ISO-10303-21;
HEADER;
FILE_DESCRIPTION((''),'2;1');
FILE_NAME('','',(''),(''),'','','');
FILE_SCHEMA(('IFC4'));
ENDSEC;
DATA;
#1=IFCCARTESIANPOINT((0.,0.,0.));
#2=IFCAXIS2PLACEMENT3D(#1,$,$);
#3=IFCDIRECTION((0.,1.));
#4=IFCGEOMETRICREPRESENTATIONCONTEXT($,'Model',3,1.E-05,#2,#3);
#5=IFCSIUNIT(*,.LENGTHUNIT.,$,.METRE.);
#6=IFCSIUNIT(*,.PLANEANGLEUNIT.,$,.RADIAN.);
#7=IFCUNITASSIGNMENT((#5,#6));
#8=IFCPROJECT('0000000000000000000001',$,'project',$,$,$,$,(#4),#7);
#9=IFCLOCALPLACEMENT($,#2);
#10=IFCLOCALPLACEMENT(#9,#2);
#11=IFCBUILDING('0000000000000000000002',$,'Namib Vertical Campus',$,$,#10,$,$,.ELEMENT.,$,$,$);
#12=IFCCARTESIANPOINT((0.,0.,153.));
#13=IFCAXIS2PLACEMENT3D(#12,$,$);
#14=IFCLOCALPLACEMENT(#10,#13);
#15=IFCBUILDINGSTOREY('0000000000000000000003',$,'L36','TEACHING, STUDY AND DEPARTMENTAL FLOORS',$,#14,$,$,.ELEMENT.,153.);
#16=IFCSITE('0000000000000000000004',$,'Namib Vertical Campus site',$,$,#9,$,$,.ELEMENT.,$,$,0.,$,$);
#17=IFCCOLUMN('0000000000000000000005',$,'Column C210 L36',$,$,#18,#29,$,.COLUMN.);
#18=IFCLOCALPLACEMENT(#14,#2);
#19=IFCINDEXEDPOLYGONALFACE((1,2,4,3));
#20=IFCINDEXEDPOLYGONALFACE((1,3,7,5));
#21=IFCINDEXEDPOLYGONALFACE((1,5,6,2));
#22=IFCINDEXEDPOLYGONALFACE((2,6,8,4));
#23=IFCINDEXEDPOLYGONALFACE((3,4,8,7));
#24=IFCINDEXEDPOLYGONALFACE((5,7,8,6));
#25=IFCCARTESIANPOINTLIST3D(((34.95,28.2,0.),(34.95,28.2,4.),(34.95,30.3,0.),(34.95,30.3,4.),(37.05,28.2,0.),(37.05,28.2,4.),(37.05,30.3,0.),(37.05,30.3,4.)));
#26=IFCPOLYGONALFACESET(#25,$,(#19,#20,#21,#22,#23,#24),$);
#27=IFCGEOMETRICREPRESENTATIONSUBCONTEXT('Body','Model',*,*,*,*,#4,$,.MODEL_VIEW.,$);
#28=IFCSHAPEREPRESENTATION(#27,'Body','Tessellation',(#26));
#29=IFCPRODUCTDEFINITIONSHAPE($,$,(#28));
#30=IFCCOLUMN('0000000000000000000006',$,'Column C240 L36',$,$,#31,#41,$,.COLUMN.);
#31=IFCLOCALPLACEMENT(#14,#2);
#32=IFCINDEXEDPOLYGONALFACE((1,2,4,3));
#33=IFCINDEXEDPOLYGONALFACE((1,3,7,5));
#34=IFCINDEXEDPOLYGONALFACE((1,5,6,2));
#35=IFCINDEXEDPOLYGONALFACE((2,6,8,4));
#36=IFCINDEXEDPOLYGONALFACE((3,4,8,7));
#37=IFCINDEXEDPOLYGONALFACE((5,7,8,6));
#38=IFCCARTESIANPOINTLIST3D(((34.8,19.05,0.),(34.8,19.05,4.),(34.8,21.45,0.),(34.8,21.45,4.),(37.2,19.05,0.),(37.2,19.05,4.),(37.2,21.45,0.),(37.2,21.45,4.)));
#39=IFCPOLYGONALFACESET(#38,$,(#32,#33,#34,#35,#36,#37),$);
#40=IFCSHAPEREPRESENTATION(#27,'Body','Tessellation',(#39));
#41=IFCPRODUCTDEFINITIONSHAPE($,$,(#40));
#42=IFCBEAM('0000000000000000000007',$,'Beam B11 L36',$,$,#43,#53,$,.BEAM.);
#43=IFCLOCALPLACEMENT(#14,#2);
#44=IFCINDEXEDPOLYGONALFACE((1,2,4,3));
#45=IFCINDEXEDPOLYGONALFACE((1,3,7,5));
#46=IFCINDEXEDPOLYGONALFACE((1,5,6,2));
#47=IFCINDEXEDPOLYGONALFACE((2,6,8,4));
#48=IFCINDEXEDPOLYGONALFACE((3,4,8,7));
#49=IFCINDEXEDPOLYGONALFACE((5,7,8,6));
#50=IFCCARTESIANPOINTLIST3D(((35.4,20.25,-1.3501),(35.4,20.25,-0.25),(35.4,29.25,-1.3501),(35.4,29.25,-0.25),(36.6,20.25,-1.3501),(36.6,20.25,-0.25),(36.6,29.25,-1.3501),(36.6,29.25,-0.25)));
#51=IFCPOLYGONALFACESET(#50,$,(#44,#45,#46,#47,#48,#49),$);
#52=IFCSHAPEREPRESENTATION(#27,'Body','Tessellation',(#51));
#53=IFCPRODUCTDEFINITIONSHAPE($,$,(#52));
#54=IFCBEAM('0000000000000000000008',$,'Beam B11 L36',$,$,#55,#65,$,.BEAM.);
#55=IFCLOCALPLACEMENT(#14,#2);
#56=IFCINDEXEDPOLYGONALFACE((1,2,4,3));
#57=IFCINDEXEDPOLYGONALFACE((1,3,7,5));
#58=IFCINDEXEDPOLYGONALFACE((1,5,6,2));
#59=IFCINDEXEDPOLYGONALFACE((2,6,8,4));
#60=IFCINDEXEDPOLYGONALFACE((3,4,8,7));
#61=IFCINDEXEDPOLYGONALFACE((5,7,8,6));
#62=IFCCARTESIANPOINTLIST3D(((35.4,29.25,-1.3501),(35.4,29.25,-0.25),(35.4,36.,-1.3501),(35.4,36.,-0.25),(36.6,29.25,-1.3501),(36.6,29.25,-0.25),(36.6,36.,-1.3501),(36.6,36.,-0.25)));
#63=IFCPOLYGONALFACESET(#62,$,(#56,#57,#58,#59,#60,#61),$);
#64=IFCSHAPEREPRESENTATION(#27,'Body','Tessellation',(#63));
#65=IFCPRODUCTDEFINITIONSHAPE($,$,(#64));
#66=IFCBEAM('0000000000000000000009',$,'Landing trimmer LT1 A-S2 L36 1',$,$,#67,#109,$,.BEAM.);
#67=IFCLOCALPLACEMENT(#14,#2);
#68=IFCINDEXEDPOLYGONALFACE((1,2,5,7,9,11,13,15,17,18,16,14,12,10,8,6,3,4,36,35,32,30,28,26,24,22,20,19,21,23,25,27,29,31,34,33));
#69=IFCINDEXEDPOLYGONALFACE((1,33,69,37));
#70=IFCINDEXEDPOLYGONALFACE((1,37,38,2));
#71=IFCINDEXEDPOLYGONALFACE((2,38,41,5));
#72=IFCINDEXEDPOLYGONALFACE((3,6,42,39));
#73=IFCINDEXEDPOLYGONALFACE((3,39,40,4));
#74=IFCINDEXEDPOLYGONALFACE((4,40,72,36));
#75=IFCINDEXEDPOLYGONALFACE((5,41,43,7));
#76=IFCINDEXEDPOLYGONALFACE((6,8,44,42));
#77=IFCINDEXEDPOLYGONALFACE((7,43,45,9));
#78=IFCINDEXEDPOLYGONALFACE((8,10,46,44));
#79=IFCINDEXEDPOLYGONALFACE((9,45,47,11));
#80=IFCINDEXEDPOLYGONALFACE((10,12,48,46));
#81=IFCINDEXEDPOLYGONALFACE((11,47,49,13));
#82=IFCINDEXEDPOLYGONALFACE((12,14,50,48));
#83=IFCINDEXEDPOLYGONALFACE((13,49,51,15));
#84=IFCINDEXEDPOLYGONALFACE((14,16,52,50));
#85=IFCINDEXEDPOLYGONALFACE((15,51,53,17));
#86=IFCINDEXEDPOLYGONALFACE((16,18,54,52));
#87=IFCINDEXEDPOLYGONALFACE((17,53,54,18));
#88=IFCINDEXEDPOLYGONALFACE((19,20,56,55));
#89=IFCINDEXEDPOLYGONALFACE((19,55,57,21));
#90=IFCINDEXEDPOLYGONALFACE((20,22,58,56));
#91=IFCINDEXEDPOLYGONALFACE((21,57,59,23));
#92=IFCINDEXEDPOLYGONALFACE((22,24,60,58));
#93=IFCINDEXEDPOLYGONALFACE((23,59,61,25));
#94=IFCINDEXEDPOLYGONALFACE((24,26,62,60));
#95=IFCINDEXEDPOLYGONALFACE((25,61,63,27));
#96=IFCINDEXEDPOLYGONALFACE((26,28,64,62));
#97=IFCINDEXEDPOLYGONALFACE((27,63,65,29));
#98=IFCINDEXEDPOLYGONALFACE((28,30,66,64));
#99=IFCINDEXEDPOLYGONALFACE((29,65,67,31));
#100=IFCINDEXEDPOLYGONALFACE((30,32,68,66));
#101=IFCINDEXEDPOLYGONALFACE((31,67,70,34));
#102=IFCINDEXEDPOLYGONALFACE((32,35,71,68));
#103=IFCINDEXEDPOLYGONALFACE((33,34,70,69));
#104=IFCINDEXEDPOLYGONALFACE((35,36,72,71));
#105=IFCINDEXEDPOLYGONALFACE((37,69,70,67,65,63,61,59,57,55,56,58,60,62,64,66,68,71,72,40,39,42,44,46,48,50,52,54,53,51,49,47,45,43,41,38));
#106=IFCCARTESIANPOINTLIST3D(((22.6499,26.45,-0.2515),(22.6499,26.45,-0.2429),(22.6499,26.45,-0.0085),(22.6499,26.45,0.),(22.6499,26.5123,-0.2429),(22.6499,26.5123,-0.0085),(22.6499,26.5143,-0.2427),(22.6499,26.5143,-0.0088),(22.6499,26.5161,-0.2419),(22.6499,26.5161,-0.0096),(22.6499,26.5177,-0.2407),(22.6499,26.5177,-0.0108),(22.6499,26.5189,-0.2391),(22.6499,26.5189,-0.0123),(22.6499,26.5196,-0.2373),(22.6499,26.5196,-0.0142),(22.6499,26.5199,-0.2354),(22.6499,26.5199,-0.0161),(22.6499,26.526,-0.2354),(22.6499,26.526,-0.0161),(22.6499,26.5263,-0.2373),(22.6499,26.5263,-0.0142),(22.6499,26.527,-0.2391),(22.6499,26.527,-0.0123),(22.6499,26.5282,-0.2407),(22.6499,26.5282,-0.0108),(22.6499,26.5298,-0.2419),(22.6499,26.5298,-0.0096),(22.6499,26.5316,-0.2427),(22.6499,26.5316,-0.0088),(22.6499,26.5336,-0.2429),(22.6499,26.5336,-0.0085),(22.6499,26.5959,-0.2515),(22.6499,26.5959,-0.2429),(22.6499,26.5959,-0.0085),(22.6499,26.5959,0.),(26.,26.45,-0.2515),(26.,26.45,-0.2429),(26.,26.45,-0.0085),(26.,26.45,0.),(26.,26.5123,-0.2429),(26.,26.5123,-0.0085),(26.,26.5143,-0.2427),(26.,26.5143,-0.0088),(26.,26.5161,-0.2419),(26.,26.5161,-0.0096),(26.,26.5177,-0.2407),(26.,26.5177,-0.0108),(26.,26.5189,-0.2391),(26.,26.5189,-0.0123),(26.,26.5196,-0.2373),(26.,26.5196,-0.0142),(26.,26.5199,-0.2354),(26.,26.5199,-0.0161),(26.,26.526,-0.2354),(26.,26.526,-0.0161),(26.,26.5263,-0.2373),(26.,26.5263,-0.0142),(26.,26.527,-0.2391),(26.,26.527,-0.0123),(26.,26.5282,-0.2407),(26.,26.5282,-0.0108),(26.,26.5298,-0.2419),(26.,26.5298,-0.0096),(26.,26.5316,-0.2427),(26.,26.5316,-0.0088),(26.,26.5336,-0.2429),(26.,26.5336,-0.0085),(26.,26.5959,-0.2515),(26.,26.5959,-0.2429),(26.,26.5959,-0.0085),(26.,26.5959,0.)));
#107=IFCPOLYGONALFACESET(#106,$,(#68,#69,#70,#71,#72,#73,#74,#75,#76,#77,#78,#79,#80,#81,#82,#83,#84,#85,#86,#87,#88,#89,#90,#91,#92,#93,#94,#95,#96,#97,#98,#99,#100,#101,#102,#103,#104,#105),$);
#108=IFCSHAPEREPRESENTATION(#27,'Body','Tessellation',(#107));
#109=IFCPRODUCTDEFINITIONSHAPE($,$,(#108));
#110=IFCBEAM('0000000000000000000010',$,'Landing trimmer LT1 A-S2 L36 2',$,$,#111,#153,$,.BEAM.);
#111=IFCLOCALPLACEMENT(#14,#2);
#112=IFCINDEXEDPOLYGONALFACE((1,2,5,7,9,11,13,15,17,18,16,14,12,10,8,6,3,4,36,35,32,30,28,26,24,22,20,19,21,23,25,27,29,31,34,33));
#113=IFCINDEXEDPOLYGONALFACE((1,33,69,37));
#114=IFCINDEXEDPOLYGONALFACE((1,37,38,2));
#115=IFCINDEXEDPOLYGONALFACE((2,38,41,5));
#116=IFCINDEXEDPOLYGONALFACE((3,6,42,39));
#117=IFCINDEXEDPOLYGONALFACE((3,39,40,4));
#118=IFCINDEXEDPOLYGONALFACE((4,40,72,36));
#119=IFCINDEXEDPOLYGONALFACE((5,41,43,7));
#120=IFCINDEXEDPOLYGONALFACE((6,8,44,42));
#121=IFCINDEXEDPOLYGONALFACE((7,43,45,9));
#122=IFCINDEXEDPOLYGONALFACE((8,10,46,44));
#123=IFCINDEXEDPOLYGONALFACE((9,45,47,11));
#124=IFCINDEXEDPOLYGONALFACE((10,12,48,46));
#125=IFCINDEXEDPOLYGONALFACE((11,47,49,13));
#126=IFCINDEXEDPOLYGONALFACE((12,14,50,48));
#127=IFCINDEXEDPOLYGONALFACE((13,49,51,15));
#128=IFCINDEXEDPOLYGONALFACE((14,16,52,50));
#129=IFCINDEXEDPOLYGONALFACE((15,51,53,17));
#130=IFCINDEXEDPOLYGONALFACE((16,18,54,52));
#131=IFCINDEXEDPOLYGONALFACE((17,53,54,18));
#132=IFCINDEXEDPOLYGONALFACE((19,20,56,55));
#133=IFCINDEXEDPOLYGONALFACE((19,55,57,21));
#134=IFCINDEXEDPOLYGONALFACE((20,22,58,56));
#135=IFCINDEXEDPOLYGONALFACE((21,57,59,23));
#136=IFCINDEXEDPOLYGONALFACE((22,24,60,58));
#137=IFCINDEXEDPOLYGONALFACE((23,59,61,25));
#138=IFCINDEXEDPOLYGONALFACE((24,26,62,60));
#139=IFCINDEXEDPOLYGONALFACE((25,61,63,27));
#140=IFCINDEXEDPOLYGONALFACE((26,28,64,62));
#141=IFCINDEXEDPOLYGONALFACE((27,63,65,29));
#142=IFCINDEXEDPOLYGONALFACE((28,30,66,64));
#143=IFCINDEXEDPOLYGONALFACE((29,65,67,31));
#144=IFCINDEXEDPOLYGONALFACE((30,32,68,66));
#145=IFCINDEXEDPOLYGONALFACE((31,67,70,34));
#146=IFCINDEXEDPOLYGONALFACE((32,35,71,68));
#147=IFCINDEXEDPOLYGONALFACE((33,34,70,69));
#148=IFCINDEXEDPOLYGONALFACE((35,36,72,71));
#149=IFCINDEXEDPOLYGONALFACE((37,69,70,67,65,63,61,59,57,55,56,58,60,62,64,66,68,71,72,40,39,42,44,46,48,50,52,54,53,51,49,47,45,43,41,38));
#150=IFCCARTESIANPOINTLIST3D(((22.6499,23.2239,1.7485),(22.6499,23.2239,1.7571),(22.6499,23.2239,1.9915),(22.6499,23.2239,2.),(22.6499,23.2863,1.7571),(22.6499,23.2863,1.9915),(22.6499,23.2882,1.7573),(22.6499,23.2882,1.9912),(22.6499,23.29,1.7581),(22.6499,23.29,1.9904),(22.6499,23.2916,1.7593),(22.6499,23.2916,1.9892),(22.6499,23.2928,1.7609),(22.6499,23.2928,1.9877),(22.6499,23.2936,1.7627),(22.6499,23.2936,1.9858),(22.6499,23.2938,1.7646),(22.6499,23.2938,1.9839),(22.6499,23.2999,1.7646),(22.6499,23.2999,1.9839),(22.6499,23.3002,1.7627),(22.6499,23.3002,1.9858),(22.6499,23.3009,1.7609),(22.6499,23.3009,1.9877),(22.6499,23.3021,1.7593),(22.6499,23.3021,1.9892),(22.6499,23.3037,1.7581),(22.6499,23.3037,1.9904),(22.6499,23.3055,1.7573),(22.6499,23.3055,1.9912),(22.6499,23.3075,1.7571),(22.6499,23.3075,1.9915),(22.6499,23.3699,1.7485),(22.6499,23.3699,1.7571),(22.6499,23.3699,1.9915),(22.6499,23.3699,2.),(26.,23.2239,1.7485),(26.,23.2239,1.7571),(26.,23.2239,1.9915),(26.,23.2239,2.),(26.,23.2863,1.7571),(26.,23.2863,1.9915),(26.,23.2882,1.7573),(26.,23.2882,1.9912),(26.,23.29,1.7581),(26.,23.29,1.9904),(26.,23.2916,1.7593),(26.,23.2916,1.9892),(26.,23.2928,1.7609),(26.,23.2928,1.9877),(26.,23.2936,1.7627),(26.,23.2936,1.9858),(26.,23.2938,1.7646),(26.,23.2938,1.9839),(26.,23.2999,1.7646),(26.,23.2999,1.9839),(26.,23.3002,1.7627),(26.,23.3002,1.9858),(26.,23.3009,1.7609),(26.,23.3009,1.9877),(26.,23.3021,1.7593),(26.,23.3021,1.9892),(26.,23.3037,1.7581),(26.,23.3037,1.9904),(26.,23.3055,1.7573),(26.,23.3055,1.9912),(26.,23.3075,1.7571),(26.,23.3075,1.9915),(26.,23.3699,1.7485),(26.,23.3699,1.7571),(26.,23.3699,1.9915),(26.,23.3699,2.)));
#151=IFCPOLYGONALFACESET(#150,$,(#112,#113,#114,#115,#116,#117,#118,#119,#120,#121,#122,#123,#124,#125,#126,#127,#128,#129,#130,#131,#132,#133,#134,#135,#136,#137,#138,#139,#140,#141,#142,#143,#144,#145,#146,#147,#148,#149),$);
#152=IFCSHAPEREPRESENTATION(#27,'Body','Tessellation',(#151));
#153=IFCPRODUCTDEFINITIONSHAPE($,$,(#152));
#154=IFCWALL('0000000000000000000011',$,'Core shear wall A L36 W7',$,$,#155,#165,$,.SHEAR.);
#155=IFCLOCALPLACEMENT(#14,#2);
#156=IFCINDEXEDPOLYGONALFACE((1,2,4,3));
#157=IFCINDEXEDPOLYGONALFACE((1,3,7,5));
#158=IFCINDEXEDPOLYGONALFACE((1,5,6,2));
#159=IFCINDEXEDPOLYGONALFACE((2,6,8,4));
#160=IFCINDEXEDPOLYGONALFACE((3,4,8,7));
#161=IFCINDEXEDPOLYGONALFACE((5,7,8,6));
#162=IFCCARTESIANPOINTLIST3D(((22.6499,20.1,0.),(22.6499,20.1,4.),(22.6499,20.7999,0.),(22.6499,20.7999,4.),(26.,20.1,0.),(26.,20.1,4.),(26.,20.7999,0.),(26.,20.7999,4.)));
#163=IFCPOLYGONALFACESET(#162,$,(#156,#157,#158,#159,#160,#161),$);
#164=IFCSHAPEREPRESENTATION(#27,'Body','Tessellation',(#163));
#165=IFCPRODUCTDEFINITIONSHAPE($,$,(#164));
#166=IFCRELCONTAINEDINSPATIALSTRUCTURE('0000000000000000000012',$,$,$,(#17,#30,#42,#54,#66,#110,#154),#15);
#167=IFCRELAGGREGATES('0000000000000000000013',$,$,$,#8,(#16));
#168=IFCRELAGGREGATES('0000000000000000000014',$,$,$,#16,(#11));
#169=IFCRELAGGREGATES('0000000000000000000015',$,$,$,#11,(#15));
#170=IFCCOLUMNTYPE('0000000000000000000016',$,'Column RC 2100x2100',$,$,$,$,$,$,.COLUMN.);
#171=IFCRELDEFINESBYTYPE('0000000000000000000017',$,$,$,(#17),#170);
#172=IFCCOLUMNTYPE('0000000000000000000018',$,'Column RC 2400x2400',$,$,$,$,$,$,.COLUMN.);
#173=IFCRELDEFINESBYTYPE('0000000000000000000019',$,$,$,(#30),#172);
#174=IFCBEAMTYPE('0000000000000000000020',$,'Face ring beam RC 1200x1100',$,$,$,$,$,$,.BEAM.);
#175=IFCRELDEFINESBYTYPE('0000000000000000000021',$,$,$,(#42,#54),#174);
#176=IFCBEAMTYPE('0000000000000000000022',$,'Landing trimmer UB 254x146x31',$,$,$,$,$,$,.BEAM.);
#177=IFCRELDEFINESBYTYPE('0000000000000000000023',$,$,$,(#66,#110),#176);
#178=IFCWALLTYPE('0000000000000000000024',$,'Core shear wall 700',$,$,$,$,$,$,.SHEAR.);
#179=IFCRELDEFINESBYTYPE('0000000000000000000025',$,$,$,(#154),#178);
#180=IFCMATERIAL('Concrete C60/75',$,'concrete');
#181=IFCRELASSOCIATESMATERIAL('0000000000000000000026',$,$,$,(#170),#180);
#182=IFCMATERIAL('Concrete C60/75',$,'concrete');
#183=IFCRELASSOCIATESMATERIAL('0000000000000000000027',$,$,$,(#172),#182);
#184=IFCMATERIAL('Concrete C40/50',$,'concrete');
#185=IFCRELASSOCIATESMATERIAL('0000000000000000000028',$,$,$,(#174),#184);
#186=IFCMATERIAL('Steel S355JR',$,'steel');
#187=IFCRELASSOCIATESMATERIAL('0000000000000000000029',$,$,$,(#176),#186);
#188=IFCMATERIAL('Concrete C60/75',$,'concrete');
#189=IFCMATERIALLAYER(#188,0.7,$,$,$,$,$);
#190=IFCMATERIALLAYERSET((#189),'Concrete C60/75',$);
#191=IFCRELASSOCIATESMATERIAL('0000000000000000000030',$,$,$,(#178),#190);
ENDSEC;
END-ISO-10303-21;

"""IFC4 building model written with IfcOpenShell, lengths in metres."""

from ifc_helpers import new_model, si_unit, direction, frame, frame_2d, origin, origin_2d, place, context, subcontext, project, spatial, rectangle, i_section, extrude, material, layer, layer_set, material_profile, profile_set, type_object, element, save


model = new_model("IFC4")

# Units and contexts
model_context = context("Model", 3, precision=1e-05, world=origin(), true_north=direction((0.0, 1.0)))
body_context = subcontext(model_context, "Body", "Model", "MODEL_VIEW")
ifc_project = project(units=[si_unit("LENGTHUNIT", "METRE"), si_unit("PLANEANGLEUNIT", "RADIAN")], contexts=[model_context])

# Site, building, storey
site_placement = place(None, origin())
site = spatial("IfcSite", under=ifc_project, at=site_placement, Name="Namib Vertical Campus site", CompositionType="ELEMENT", RefElevation=0.0)
building_placement = place(site_placement, origin())
building = spatial("IfcBuilding", under=site, at=building_placement, Name="Namib Vertical Campus", CompositionType="ELEMENT")
storey_placement = place(building_placement, frame((0.0, 0.0, 153.0)))
storey = spatial("IfcBuildingStorey", under=building, at=storey_placement, Name="L36", Description="TEACHING, STUDY AND DEPARTMENTAL FLOORS", CompositionType="ELEMENT", Elevation=153.0)

# Columns
ifc_material_1 = material(Name="Concrete C60/75", Category="concrete")
ifc_material_profile_1 = material_profile(ifc_material_1, rectangle(XDim=2.1001, YDim=2.1001, at=origin_2d()))
ifc_profile_set_1 = profile_set([ifc_material_profile_1], Name="Concrete C60/75")
column_type_1 = type_object("IfcColumnType", Name="Column RC 2100x2100", PredefinedType="COLUMN", material=ifc_profile_set_1)
column_1_placement = place(storey_placement, frame((36.0, 29.25, 0.0), z_axis=(0.0, 0.0, 1.0), x_axis=(1.0, 0.0, 0.0)))
element("IfcColumn", 1, at=column_1_placement, inside=storey, type_object=column_type_1, Name="Column C210 L36", PredefinedType="COLUMN", context=body_context, shape_type="SweptSolid", body=[
    extrude(rectangle(XDim=2.1001, YDim=2.1001, at=origin_2d()), origin(), (0.0, 0.0, 1.0), 4.0),
])
ifc_material_2 = material(Name="Concrete C60/75", Category="concrete")
ifc_material_profile_2 = material_profile(ifc_material_2, rectangle(XDim=2.3999, YDim=2.3999, at=origin_2d()))
ifc_profile_set_2 = profile_set([ifc_material_profile_2], Name="Concrete C60/75")
column_type_2 = type_object("IfcColumnType", Name="Column RC 2400x2400", PredefinedType="COLUMN", material=ifc_profile_set_2)
column_2_placement = place(storey_placement, frame((36.0, 20.25, 0.0), z_axis=(0.0, 0.0, 1.0), x_axis=(1.0, 0.0, 0.0)))
element("IfcColumn", 2, at=column_2_placement, inside=storey, type_object=column_type_2, Name="Column C240 L36", PredefinedType="COLUMN", context=body_context, shape_type="SweptSolid", body=[
    extrude(rectangle(XDim=2.3999, YDim=2.3999, at=origin_2d()), origin(), (0.0, 0.0, 1.0), 4.0),
])

# Beams
ifc_material_3 = material(Name="Concrete C40/50", Category="concrete")
ifc_material_profile_3 = material_profile(ifc_material_3, rectangle(XDim=1.2, YDim=1.1001, at=origin_2d()))
ifc_profile_set_3 = profile_set([ifc_material_profile_3], Name="Concrete C40/50")
beam_type_1 = type_object("IfcBeamType", Name="Face ring beam RC 1200x1100", PredefinedType="BEAM", material=ifc_profile_set_3)
beam_1_placement = place(storey_placement, frame((36.0, 20.25, -0.8), z_axis=(0.0, 1.0, 0.0), x_axis=(-1.0, 0.0, 0.0)))
element("IfcBeam", 3, at=beam_1_placement, inside=storey, type_object=beam_type_1, Name="Beam B11 L36", PredefinedType="BEAM", context=body_context, shape_type="SweptSolid", body=[
    extrude(rectangle(XDim=1.2, YDim=1.1001, at=origin_2d()), origin(), (0.0, 0.0, 1.0), 9.0),
])
beam_2_placement = place(storey_placement, frame((36.0, 29.25, -0.8), z_axis=(0.0, 1.0, 0.0), x_axis=(-1.0, 0.0, 0.0)))
element("IfcBeam", 4, at=beam_2_placement, inside=storey, type_object=beam_type_1, Name="Beam B11 L36", PredefinedType="BEAM", context=body_context, shape_type="SweptSolid", body=[
    extrude(rectangle(XDim=1.2, YDim=1.1001, at=origin_2d()), origin(), (0.0, 0.0, 1.0), 6.75),
])
ifc_material_4 = material(Name="Steel S355JR", Category="steel")
ifc_material_profile_4 = material_profile(ifc_material_4, i_section(OverallWidth=0.146, OverallDepth=0.2515, WebThickness=0.0061, FlangeThickness=0.0085, FilletRadius=0.0076, at=origin_2d()))
ifc_profile_set_4 = profile_set([ifc_material_profile_4], Name="Steel S355JR")
beam_type_2 = type_object("IfcBeamType", Name="Landing trimmer UB 254x146x31", PredefinedType="BEAM", material=ifc_profile_set_4)
for number, where, z_axis, x_axis, name in (
    (5, (22.6499, 26.5229, -0.1257), (1.0, 0.0, 0.0), (0.0, 1.0, 0.0), "Landing trimmer LT1 A-S2 L36 1"),
    (6, (22.6499, 23.2969, 1.8743), (1.0, 0.0, 0.0), (0.0, 1.0, 0.0), "Landing trimmer LT1 A-S2 L36 2"),
):
    element("IfcBeam", number, at=place(storey_placement, frame(where, z_axis=z_axis, x_axis=x_axis)), inside=storey, type_object=beam_type_2, Name=name, PredefinedType="BEAM", context=body_context, shape_type="SweptSolid", body=[
        extrude(i_section(OverallWidth=0.146, OverallDepth=0.2515, WebThickness=0.0061, FlangeThickness=0.0085, FilletRadius=0.0076, at=origin_2d()), origin(), (0.0, 0.0, 1.0), 3.3501),
    ])

# Wall
ifc_material_5 = material(Name="Concrete C60/75", Category="concrete")
ifc_layer_1 = layer(ifc_material_5, 0.7)
ifc_layer_set_1 = layer_set([ifc_layer_1], Name="Concrete C60/75")
wall_type_1 = type_object("IfcWallType", Name="Core shear wall 700", PredefinedType="SHEAR", material=ifc_layer_set_1)
wall_1_placement = place(storey_placement, frame((22.6499, 20.45, 0.0), z_axis=(0.0, 0.0, 1.0), x_axis=(1.0, 0.0, 0.0)))
element("IfcWall", 7, at=wall_1_placement, inside=storey, type_object=wall_type_1, Name="Core shear wall A L36 W7", PredefinedType="SHEAR", context=body_context, shape_type="SweptSolid", body=[
    extrude(rectangle(XDim=3.3501, YDim=0.7, at=frame_2d((1.675, 0.0))), origin(), (0.0, 0.0, 1.0), 4.0),
])

save(model, "model.ifc")
